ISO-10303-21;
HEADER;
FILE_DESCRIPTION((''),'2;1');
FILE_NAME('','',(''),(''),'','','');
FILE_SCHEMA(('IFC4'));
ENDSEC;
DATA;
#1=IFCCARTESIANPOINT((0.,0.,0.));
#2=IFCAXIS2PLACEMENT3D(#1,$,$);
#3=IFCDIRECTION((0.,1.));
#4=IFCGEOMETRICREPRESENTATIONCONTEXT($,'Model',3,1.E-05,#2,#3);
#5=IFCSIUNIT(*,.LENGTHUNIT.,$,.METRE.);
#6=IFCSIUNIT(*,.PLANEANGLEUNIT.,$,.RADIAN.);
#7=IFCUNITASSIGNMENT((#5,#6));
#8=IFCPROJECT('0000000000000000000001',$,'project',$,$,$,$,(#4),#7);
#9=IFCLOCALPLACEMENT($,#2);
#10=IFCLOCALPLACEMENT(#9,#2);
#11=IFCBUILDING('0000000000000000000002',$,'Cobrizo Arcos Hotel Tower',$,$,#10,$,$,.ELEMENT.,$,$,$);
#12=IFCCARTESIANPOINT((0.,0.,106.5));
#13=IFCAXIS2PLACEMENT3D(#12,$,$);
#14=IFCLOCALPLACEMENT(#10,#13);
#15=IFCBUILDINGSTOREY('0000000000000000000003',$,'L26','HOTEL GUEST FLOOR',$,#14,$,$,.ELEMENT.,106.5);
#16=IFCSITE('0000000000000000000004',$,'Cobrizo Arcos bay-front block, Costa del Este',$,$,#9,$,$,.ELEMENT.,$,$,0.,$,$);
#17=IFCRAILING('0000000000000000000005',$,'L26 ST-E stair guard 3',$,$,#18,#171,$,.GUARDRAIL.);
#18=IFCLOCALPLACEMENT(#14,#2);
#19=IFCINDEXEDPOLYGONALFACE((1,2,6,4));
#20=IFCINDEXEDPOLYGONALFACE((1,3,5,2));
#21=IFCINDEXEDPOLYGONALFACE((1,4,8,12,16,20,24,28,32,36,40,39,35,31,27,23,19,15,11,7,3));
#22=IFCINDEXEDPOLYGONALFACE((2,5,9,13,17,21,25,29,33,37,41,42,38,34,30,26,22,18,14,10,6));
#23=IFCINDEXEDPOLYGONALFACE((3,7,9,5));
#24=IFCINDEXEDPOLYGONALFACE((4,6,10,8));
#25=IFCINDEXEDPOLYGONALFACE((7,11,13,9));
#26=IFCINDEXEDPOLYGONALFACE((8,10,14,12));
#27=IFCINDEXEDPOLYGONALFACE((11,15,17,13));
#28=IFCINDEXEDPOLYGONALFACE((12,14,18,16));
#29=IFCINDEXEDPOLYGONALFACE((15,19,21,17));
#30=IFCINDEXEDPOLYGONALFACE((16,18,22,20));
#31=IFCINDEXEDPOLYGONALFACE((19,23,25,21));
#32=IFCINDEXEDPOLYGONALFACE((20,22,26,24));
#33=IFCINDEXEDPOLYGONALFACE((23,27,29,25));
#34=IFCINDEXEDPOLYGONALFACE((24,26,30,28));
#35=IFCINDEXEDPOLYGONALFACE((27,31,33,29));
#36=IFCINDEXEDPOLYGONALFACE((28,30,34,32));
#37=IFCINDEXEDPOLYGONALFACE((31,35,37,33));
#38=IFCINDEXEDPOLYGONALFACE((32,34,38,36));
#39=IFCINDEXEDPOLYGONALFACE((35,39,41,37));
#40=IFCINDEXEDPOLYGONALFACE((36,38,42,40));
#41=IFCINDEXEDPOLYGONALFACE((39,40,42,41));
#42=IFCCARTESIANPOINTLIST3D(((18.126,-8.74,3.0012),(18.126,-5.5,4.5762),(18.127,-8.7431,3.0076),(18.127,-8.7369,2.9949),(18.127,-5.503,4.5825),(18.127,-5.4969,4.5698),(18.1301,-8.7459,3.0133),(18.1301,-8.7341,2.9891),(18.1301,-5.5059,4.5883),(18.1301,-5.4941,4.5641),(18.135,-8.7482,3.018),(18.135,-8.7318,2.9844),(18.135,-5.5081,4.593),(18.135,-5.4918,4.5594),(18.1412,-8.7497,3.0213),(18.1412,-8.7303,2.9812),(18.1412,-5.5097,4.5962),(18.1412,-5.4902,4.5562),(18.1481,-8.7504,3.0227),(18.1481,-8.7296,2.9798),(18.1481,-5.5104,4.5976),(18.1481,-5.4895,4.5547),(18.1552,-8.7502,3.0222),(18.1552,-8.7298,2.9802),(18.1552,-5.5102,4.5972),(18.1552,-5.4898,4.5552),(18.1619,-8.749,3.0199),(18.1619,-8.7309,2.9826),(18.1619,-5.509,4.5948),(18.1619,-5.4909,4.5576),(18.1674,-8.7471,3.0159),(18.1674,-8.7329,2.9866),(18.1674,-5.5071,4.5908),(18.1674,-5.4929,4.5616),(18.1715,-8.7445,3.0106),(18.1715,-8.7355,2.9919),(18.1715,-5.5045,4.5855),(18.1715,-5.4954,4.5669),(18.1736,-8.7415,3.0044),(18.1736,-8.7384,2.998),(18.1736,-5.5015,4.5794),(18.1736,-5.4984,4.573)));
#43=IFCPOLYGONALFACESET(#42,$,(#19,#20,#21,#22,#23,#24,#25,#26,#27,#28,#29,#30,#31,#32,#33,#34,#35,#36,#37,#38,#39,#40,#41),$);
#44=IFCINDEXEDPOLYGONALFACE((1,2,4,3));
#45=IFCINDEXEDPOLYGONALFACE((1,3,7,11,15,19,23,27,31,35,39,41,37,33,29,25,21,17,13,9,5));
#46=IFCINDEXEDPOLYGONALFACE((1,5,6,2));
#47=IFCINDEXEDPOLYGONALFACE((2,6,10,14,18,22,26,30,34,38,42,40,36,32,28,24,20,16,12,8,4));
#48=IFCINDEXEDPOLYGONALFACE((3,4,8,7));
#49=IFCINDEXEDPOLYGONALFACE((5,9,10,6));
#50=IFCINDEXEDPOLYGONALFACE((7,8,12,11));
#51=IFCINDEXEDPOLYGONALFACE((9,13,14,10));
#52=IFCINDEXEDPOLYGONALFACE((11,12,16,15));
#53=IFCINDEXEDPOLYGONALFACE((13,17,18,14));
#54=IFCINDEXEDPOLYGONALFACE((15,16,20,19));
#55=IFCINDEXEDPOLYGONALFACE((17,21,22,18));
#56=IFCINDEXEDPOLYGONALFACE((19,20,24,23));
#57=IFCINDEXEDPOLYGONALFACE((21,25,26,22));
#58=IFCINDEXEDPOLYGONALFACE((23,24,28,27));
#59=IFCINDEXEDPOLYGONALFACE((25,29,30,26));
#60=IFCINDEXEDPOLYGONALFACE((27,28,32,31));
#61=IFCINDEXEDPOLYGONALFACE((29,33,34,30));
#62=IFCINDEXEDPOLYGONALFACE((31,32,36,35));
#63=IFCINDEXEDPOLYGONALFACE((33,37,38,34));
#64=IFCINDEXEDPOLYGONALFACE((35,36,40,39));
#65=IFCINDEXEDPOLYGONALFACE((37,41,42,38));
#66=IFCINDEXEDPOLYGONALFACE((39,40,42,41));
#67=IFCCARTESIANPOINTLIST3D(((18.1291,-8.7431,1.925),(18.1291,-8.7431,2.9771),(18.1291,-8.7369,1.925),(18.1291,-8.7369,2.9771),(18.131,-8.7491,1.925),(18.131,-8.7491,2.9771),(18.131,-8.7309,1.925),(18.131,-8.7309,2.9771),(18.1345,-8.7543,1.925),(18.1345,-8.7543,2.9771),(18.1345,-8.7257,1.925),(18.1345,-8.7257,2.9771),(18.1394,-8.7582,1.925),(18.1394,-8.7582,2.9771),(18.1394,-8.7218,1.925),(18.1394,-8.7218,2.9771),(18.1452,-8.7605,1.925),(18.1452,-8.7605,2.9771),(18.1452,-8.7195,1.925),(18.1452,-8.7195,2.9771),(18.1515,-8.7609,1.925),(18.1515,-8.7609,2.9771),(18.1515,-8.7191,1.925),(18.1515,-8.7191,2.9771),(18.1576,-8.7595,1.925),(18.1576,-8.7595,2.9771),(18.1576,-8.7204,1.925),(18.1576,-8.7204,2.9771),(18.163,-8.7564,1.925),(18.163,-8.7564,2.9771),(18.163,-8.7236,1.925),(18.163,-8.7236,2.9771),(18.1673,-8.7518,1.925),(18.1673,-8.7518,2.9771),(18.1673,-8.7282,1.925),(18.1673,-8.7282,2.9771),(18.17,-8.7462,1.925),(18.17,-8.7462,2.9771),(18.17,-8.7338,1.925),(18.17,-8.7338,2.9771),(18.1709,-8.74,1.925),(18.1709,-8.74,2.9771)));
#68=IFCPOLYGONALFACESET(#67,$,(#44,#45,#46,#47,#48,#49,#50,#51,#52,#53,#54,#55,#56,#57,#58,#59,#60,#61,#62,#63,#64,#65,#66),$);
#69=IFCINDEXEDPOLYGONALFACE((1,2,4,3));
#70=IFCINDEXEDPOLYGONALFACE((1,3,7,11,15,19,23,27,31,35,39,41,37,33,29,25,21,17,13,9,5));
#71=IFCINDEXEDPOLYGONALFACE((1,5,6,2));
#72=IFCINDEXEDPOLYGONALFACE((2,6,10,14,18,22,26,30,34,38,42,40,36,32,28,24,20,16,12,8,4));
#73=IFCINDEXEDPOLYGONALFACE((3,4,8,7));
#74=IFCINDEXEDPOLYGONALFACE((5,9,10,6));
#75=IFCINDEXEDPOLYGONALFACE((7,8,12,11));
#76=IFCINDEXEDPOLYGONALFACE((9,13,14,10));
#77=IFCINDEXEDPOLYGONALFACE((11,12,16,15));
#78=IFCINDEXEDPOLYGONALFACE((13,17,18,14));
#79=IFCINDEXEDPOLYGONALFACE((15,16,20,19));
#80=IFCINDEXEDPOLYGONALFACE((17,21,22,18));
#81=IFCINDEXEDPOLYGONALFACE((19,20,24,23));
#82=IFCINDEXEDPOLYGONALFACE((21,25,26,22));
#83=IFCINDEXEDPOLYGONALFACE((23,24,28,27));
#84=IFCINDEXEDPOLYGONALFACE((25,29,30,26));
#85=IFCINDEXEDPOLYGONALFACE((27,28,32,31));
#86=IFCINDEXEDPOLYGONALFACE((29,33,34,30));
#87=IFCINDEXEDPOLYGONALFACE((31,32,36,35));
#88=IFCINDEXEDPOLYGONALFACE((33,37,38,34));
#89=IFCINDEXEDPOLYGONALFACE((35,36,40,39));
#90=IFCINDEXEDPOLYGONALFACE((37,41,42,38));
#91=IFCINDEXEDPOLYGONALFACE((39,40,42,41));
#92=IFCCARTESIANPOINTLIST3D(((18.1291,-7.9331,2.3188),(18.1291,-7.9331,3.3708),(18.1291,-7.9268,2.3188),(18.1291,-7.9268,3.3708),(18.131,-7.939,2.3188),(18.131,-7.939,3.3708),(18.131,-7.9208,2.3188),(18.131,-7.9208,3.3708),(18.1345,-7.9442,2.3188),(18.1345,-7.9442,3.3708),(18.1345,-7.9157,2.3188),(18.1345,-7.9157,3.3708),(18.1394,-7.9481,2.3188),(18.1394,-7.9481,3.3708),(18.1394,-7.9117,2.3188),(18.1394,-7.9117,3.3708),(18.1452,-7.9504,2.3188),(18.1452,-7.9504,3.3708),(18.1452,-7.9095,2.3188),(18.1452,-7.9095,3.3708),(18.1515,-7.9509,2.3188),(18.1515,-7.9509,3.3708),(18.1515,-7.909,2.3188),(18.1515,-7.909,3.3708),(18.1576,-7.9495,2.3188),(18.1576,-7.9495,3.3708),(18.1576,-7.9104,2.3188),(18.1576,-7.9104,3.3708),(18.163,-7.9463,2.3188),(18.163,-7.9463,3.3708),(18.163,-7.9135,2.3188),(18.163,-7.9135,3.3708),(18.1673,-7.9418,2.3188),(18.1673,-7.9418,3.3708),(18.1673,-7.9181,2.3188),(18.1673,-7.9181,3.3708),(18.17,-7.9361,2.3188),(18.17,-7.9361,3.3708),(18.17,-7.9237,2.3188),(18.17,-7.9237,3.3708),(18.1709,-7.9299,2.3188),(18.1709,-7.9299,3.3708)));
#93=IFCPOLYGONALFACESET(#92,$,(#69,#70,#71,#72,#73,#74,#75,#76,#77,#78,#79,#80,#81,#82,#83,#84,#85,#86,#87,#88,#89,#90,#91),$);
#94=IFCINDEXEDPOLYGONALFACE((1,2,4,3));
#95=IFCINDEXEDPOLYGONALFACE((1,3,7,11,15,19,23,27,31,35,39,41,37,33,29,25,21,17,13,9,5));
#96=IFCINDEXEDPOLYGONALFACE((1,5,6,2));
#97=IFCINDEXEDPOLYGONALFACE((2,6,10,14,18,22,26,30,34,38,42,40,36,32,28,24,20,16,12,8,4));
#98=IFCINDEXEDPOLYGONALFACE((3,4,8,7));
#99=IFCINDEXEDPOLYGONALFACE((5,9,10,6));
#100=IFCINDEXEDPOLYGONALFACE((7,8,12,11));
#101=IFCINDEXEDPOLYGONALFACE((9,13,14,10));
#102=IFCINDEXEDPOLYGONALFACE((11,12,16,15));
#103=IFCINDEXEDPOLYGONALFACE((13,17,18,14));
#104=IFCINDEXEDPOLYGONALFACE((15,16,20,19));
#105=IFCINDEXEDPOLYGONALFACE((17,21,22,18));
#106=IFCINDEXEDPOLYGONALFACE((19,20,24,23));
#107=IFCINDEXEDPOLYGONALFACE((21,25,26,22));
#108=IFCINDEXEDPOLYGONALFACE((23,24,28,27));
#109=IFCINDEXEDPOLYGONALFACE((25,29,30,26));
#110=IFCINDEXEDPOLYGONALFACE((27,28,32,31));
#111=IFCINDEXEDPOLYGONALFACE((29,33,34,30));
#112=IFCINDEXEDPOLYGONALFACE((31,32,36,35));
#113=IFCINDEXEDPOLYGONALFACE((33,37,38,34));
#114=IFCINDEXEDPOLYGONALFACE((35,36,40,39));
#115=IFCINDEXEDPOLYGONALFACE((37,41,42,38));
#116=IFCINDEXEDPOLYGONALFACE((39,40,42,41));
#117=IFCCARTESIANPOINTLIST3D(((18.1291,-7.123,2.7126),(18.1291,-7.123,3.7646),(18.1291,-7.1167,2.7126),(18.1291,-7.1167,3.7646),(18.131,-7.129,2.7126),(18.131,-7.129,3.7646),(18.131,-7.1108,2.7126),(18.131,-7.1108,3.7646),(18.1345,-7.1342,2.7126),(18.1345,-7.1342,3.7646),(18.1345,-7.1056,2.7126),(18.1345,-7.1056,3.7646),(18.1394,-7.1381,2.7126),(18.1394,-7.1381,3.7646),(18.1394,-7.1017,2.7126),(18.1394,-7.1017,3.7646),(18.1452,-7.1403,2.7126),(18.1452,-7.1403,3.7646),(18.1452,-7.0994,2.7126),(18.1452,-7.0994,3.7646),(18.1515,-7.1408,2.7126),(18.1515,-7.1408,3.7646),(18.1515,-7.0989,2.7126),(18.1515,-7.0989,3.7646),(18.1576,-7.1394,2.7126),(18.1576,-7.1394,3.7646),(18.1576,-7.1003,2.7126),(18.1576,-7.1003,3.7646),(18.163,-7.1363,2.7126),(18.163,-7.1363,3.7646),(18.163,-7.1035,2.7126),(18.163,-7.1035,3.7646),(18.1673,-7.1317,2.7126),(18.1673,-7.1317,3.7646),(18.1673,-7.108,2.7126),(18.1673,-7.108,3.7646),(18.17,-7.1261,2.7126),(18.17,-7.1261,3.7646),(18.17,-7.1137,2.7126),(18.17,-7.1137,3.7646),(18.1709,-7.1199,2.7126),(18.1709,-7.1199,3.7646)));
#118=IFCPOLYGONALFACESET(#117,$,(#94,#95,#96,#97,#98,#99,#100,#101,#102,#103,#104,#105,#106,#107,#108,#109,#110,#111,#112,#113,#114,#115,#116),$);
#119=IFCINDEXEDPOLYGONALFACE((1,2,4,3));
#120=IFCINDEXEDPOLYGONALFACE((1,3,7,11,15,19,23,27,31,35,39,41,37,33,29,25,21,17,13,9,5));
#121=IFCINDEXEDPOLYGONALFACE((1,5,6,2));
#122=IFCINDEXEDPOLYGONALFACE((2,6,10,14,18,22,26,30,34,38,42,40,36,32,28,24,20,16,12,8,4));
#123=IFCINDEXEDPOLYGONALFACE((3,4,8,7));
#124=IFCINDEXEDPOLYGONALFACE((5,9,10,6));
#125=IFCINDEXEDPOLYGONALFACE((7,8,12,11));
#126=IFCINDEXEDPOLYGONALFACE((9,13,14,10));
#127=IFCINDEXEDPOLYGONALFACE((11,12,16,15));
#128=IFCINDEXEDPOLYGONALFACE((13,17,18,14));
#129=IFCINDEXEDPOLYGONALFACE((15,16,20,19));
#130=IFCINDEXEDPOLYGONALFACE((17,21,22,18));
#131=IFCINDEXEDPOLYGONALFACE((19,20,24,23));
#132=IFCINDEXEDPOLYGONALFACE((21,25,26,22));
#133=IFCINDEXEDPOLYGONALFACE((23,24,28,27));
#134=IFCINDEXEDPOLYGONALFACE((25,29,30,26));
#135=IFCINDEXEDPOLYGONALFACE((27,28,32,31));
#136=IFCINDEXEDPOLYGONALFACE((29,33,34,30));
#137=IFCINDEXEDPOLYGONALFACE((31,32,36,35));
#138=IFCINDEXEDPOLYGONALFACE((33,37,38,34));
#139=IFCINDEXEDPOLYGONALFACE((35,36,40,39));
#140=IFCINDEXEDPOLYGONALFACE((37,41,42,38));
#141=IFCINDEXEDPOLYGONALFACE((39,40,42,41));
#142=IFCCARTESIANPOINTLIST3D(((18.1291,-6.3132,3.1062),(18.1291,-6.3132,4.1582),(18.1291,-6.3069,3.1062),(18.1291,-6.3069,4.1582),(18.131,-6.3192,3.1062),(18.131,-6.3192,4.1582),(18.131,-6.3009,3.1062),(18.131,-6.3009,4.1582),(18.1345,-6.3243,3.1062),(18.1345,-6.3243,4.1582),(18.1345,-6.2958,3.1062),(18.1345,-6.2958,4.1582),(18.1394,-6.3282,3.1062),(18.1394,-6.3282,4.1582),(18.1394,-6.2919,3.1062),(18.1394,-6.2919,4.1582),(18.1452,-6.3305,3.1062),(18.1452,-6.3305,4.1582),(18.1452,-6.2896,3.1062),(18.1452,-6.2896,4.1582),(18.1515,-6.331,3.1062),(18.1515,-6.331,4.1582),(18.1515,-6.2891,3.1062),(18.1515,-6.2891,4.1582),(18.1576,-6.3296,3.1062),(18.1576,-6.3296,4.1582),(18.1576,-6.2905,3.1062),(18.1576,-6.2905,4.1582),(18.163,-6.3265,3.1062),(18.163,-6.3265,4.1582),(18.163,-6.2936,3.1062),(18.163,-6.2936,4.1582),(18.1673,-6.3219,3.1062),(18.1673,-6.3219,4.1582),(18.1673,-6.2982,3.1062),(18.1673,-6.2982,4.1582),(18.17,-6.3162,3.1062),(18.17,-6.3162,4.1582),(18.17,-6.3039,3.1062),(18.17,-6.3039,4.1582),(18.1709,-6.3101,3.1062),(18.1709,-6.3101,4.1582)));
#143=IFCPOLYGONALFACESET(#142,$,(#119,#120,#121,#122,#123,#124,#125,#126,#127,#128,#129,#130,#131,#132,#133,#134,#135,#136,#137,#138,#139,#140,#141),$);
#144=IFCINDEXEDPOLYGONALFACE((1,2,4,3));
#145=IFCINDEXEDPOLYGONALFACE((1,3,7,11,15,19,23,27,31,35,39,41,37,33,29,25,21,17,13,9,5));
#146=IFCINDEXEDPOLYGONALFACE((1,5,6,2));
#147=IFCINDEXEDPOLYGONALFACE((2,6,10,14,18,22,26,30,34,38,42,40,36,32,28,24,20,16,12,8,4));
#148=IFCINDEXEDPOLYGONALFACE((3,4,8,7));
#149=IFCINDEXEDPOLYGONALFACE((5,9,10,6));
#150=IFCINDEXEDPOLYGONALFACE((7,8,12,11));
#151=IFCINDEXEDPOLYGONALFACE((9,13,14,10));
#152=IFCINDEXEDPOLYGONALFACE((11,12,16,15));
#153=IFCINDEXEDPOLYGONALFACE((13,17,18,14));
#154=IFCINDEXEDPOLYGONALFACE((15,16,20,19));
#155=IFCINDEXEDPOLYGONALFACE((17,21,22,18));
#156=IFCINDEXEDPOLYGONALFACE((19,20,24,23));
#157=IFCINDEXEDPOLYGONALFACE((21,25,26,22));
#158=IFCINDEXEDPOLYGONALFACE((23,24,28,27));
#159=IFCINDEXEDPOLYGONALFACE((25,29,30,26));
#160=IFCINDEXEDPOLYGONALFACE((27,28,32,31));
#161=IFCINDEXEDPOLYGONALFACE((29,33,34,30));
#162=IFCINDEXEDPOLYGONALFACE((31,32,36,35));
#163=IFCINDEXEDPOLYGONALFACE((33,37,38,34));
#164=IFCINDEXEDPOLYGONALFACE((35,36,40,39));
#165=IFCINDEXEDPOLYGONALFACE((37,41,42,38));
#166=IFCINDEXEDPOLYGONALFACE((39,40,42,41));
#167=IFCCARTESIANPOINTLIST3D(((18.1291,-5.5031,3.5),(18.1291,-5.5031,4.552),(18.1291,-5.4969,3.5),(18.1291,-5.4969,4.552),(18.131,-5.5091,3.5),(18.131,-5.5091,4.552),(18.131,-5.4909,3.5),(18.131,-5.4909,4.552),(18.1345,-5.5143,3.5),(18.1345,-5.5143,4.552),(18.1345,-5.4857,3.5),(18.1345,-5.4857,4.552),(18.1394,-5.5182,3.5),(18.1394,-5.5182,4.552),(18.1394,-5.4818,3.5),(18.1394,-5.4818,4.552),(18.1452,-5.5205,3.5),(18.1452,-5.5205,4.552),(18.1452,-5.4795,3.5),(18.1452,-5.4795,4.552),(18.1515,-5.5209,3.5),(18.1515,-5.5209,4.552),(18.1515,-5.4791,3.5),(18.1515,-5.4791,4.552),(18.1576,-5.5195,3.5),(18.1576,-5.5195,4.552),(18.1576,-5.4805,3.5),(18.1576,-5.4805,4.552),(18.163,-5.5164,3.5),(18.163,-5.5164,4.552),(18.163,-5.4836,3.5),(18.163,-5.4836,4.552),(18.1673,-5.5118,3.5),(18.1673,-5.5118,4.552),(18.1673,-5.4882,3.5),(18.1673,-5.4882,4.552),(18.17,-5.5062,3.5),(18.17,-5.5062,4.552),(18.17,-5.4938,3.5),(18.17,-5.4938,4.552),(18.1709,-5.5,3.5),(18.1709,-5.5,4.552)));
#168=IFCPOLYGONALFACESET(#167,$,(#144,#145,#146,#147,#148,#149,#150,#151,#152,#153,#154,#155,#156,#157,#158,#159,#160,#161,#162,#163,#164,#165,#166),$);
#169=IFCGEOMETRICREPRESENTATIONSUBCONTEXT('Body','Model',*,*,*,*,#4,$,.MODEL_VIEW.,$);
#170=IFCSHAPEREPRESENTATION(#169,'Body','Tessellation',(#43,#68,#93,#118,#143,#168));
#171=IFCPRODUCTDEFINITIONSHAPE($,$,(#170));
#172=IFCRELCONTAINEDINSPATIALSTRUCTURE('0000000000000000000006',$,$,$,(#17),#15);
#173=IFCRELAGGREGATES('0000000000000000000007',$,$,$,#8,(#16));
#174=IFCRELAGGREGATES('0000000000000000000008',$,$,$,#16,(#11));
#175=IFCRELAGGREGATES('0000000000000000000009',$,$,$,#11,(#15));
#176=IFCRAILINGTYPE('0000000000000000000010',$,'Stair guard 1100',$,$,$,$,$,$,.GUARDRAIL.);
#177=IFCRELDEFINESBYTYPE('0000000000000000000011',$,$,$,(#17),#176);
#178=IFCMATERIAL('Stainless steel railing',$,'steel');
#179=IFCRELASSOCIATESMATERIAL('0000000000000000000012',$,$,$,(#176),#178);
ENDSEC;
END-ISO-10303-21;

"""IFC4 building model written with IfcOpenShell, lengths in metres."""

from ifc_helpers import new_model, si_unit, direction, frame, origin, origin_2d, place, context, subcontext, project, spatial, circle, extrude, material, type_object, element, save


model = new_model("IFC4")

# Units and contexts
model_context = context("Model", 3, precision=1e-05, world=origin(), true_north=direction((0.0, 1.0)))
body_context = subcontext(model_context, "Body", "Model", "MODEL_VIEW")
ifc_project = project(units=[si_unit("LENGTHUNIT", "METRE"), si_unit("PLANEANGLEUNIT", "RADIAN")], contexts=[model_context])

# Site, building, storey
site_placement = place(None, origin())
site = spatial("IfcSite", under=ifc_project, at=site_placement, Name="Cobrizo Arcos bay-front block, Costa del Este", CompositionType="ELEMENT", RefElevation=0.0)
building_placement = place(site_placement, origin())
building = spatial("IfcBuilding", under=site, at=building_placement, Name="Cobrizo Arcos Hotel Tower", CompositionType="ELEMENT")
storey_placement = place(building_placement, frame((0.0, 0.0, 106.5)))
storey = spatial("IfcBuildingStorey", under=building, at=storey_placement, Name="L26", Description="HOTEL GUEST FLOOR", CompositionType="ELEMENT", Elevation=106.5)

# Railing
ifc_material_1 = material(Name="Stainless steel railing", Category="steel")
railing_type_1 = type_object("IfcRailingType", Name="Stair guard 1100", PredefinedType="GUARDRAIL", material=ifc_material_1)
railing_1_placement = place(storey_placement, frame((18.1499, -8.74, 1.925)))
element("IfcRailing", 1, at=railing_1_placement, inside=storey, type_object=railing_type_1, Name="L26 ST-E stair guard 3", PredefinedType="GUARDRAIL", context=body_context, shape_type="SweptSolid", body=[
    extrude(circle(Radius=0.0239, at=origin_2d()), frame((0.0, 0.0, 1.0762), z_axis=(0.0, 0.899373, 0.437183), x_axis=(-1.0, 0.0, 0.0)), (0.0, 0.0, 1.0), 3.6025),
    extrude(circle(Radius=0.021, at=origin_2d()), origin(), (0.0, 0.0, 1.0), 1.052),
    extrude(circle(Radius=0.021, at=origin_2d()), frame((0.0, 0.8101, 0.3938)), (0.0, 0.0, 1.0), 1.052),
    extrude(circle(Radius=0.021, at=origin_2d()), frame((0.0, 1.6201, 0.7876)), (0.0, 0.0, 1.0), 1.052),
    extrude(circle(Radius=0.021, at=origin_2d()), frame((0.0, 2.4299, 1.1812)), (0.0, 0.0, 1.0), 1.052),
    extrude(circle(Radius=0.021, at=origin_2d()), frame((0.0, 3.24, 1.575)), (0.0, 0.0, 1.0), 1.052),
])

save(model, "model.ifc")
